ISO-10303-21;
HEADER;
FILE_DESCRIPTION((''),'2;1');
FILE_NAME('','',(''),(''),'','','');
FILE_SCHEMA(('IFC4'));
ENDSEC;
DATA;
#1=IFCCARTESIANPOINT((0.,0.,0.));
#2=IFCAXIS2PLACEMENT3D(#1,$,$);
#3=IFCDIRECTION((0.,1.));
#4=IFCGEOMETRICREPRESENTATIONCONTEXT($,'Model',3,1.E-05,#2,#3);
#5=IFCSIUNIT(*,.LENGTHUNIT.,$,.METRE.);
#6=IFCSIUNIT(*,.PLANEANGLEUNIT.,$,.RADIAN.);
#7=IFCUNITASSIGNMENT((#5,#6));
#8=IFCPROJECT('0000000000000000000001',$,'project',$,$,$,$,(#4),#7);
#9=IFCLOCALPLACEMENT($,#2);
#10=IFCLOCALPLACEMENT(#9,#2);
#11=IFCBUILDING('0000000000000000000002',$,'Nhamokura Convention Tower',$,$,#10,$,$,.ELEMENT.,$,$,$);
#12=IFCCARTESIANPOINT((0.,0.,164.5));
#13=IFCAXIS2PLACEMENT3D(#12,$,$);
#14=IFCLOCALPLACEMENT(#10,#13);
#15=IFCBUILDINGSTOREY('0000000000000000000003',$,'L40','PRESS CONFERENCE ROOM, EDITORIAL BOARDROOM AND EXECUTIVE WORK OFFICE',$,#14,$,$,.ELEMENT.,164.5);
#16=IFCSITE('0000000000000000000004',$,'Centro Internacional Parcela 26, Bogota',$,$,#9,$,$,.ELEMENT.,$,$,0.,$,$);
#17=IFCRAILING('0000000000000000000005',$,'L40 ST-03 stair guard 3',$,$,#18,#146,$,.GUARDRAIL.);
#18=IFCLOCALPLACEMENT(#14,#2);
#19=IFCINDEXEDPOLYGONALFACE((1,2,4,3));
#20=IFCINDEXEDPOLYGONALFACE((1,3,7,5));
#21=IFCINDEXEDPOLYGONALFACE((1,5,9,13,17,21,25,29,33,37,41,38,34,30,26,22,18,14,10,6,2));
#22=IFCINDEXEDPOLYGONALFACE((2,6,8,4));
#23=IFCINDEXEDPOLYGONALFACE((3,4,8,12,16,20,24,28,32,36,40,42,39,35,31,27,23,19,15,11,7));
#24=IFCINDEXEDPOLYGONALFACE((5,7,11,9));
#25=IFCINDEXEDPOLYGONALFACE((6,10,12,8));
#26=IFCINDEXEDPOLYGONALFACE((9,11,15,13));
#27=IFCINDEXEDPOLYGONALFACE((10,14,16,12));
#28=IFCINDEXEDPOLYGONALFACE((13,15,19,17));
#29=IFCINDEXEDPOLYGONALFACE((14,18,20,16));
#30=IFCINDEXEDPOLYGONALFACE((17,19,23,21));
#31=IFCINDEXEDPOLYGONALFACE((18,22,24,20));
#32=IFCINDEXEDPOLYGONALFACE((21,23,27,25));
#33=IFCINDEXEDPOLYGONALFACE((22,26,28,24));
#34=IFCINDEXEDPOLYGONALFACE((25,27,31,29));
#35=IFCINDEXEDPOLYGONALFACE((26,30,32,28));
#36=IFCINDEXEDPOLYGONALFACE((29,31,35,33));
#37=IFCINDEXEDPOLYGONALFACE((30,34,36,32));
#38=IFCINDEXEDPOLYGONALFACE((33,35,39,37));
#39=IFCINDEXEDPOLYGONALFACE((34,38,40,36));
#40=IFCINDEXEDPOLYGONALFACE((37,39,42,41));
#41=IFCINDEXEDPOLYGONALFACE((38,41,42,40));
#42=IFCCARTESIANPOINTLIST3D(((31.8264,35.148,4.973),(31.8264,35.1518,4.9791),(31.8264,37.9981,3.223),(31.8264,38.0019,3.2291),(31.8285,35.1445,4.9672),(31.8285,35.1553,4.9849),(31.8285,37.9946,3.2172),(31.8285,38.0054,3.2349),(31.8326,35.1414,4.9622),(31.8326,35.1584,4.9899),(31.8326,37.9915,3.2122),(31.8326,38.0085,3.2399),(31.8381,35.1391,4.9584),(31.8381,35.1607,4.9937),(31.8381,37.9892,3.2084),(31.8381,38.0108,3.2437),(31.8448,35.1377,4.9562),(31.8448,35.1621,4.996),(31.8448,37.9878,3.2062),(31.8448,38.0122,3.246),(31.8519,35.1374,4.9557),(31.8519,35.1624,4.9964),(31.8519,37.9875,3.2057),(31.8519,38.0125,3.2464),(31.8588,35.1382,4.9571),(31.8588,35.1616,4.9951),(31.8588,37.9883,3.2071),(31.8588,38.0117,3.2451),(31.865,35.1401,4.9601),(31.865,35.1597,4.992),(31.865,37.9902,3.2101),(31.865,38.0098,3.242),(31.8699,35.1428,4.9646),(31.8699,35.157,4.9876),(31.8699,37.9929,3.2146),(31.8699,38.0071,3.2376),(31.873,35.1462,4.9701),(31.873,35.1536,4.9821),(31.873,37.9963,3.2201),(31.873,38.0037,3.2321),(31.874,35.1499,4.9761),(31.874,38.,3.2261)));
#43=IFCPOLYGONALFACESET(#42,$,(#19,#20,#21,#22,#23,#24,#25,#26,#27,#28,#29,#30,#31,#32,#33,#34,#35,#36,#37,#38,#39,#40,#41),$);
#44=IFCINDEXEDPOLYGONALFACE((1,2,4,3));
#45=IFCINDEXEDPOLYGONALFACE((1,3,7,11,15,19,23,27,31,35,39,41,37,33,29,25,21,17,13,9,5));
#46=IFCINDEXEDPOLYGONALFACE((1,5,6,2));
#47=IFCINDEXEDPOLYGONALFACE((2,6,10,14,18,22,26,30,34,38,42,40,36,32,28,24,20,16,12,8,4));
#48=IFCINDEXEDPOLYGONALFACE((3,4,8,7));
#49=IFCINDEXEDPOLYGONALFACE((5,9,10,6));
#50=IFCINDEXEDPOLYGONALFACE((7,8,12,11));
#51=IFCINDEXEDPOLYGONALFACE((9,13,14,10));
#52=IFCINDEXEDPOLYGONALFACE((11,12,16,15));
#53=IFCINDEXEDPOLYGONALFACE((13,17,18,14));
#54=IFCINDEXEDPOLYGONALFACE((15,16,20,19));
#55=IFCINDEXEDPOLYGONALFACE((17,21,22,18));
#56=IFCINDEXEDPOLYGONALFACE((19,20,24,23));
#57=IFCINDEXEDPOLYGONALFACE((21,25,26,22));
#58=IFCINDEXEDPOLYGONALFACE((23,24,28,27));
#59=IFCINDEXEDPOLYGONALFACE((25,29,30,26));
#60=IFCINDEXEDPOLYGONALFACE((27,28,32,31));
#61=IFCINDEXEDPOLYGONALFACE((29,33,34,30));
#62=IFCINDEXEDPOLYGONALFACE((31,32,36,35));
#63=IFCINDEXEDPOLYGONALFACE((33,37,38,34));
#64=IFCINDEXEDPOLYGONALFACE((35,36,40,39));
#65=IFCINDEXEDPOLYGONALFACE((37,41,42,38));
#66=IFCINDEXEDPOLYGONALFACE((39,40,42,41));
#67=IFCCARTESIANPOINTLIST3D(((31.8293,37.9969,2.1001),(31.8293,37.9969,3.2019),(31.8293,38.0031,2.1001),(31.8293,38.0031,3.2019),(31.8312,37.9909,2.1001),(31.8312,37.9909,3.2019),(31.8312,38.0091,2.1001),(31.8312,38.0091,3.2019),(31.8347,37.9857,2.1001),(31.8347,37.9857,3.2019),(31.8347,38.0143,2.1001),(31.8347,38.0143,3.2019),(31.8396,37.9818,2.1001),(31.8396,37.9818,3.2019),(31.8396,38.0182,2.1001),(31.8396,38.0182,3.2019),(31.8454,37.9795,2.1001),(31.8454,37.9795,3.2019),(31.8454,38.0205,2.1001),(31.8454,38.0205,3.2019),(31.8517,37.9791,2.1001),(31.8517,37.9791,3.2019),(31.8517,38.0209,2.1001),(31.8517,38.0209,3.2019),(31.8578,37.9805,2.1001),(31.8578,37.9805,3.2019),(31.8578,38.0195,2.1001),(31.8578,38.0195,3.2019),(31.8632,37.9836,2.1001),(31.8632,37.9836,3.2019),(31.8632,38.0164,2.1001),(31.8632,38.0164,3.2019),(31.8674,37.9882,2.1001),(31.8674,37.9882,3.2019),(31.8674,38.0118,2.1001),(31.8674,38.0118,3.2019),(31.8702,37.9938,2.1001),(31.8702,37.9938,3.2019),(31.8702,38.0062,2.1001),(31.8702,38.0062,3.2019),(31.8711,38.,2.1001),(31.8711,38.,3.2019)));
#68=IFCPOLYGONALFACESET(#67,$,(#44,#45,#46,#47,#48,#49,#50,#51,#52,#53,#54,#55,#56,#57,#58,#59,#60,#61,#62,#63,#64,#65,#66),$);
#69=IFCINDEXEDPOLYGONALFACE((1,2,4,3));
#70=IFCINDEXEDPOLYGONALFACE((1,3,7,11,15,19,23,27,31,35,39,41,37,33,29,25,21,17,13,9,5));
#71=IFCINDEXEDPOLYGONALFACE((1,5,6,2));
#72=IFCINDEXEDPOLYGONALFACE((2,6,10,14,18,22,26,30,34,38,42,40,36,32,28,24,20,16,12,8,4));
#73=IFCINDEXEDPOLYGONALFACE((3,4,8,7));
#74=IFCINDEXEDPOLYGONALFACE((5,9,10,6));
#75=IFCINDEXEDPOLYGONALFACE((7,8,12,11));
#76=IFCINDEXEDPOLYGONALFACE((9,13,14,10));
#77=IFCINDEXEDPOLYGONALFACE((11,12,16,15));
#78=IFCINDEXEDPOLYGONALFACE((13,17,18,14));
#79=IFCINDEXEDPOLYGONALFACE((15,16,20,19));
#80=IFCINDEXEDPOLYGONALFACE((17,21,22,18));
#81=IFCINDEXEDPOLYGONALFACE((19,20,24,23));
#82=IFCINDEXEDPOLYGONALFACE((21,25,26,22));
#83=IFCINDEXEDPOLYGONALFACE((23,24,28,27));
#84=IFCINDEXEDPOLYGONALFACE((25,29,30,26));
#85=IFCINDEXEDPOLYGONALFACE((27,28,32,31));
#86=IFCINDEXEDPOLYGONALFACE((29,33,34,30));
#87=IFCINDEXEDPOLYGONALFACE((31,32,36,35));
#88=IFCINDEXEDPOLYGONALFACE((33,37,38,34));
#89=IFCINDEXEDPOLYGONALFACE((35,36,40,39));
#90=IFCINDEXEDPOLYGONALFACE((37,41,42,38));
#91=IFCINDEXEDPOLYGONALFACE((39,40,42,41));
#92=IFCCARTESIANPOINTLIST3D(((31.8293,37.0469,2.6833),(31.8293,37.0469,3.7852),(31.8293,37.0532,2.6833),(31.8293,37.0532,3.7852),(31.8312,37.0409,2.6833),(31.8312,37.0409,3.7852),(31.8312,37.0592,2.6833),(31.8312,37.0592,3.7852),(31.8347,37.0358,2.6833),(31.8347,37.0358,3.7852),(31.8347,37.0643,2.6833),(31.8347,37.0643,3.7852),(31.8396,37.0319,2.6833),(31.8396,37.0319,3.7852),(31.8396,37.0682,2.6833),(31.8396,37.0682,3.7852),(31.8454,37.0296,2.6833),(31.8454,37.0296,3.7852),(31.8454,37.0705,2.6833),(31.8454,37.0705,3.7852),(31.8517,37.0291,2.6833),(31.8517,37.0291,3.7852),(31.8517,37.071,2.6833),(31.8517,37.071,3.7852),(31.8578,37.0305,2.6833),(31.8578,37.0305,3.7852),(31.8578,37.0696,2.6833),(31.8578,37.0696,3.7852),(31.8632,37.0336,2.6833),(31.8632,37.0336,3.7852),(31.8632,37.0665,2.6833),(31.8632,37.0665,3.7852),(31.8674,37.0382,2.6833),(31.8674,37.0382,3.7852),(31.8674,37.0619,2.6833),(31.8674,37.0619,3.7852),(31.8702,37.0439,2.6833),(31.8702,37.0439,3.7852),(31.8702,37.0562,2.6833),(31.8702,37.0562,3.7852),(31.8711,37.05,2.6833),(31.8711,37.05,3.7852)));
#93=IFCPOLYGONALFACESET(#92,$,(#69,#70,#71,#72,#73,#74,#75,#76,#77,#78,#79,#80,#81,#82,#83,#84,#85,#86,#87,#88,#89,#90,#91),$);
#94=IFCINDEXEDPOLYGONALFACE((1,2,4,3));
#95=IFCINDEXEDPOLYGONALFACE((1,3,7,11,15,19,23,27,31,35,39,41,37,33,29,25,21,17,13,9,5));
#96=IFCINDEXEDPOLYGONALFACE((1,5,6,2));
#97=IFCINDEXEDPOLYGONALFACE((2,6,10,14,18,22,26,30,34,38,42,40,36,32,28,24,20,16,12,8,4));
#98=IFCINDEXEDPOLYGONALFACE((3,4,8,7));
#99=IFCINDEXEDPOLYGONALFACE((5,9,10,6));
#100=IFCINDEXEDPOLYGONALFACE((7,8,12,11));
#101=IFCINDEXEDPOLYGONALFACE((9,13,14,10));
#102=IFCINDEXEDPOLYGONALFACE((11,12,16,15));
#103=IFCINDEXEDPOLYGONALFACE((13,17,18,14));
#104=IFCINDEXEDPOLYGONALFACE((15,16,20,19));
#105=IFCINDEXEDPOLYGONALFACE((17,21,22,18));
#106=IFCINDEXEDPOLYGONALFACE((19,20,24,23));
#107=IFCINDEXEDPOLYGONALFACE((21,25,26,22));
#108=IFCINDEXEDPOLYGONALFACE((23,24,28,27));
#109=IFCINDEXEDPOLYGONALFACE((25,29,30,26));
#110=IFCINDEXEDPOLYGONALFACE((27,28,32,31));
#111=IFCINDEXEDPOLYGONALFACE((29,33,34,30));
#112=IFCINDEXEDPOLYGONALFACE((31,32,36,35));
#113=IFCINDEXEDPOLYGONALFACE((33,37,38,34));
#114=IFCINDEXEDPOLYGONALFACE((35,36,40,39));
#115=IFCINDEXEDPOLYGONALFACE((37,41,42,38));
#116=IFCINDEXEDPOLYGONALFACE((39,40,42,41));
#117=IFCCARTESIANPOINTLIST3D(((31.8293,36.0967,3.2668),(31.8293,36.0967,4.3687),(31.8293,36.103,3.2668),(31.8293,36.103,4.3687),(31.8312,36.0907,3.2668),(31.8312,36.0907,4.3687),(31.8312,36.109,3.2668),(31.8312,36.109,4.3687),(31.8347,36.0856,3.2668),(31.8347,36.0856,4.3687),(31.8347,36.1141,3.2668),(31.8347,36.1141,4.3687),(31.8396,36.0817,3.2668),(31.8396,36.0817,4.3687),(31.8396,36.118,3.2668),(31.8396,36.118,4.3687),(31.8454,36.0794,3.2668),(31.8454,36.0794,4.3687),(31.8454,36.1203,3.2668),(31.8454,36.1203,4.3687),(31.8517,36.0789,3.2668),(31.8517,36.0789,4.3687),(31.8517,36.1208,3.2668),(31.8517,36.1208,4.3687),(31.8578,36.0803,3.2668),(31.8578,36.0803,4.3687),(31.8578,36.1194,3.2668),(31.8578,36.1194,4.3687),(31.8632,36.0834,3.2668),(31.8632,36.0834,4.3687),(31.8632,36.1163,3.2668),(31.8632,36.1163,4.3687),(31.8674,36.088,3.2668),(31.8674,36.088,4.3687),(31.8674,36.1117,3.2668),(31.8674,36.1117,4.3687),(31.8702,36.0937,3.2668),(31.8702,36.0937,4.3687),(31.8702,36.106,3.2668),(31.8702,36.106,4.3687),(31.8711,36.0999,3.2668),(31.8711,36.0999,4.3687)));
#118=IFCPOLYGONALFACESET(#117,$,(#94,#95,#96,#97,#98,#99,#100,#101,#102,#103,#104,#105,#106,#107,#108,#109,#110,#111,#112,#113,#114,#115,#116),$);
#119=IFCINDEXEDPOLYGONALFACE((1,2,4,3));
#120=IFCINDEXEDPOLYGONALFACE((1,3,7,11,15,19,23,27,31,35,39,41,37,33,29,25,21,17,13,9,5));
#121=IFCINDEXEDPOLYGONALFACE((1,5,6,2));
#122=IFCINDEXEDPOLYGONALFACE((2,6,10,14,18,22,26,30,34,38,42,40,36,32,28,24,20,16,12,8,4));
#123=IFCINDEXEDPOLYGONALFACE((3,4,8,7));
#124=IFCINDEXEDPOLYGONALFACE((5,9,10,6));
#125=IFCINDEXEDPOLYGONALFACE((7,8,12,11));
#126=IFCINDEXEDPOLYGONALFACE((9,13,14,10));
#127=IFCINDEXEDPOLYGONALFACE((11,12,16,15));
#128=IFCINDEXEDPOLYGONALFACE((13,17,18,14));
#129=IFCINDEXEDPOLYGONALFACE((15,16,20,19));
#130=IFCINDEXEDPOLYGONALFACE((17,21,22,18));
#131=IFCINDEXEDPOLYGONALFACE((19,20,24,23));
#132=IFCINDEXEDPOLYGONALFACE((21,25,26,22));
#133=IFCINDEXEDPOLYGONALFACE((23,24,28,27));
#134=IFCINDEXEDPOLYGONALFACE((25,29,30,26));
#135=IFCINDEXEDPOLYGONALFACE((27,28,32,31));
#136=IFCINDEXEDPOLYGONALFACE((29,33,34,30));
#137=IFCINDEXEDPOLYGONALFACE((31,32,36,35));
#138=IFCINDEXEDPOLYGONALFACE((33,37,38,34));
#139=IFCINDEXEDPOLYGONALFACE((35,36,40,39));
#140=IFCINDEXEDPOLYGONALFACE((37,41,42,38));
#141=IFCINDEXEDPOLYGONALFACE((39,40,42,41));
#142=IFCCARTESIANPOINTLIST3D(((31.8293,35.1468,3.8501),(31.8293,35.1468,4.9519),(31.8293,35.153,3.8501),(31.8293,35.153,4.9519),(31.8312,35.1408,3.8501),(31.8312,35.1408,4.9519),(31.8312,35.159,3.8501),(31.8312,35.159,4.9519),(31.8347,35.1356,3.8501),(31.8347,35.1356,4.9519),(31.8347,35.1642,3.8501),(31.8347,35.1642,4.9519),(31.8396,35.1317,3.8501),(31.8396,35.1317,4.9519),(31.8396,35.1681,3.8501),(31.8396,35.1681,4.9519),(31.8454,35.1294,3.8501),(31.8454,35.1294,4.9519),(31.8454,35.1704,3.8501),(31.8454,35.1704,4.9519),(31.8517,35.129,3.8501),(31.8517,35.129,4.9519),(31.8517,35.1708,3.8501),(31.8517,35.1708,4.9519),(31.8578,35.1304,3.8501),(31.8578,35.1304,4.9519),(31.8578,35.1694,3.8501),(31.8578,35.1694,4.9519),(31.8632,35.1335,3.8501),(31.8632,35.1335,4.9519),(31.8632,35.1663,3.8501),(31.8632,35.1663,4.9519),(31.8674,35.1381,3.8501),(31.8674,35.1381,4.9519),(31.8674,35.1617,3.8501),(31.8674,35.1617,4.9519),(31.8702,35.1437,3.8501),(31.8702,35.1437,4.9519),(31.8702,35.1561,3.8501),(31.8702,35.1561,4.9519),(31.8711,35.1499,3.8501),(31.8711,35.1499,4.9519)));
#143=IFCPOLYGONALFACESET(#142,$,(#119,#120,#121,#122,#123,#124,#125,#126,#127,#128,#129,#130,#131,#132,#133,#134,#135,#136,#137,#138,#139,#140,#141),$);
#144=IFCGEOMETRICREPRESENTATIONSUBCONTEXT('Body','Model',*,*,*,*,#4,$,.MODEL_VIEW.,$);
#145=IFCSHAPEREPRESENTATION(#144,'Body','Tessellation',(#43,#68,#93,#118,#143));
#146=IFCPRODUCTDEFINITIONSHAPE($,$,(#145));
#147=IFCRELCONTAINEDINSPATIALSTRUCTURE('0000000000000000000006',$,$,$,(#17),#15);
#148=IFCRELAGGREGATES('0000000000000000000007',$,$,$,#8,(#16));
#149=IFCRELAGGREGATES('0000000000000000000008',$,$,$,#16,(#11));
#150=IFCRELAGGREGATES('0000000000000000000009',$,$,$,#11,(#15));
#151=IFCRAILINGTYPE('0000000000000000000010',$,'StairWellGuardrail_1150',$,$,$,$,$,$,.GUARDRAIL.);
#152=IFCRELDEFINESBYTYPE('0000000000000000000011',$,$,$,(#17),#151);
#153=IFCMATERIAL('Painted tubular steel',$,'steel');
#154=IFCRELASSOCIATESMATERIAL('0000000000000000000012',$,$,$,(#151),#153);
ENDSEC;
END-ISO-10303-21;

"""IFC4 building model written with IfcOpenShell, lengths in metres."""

from ifc_helpers import new_model, si_unit, direction, frame, origin, origin_2d, place, context, subcontext, project, spatial, circle, extrude, material, type_object, element, save


model = new_model("IFC4")

# Units and contexts
model_context = context("Model", 3, precision=1e-05, world=origin(), true_north=direction((0.0, 1.0)))
body_context = subcontext(model_context, "Body", "Model", "MODEL_VIEW")
ifc_project = project(units=[si_unit("LENGTHUNIT", "METRE"), si_unit("PLANEANGLEUNIT", "RADIAN")], contexts=[model_context])

# Site, building, storey
site_placement = place(None, origin())
site = spatial("IfcSite", under=ifc_project, at=site_placement, Name="Centro Internacional Parcela 26, Bogota", CompositionType="ELEMENT", RefElevation=0.0)
building_placement = place(site_placement, origin())
building = spatial("IfcBuilding", under=site, at=building_placement, Name="Nhamokura Convention Tower", CompositionType="ELEMENT")
storey_placement = place(building_placement, frame((0.0, 0.0, 164.5)))
storey = spatial("IfcBuildingStorey", under=building, at=storey_placement, Name="L40", Description="PRESS CONFERENCE ROOM, EDITORIAL BOARDROOM AND EXECUTIVE WORK OFFICE", CompositionType="ELEMENT", Elevation=164.5)

# Railing
ifc_material_1 = material(Name="Painted tubular steel", Category="steel")
railing_type = type_object("IfcRailingType", Name="StairWellGuardrail_1150", PredefinedType="GUARDRAIL", material=ifc_material_1)
railing_1_placement = place(storey_placement, frame((31.8501, 38.0, 2.1001)))
element("IfcRailing", 1, at=railing_1_placement, inside=storey, type_object=railing_type, Name="L40 ST-03 stair guard 3", PredefinedType="GUARDRAIL", context=body_context, shape_type="SweptSolid", body=[
    extrude(circle(Radius=0.0239, at=origin_2d()), frame((0.0, 0.0, 1.126), z_axis=(0.0, -0.852179, 0.52325), x_axis=(1.0, 0.0, 0.0)), (0.0, 0.0, 1.0), 3.3445),
    extrude(circle(Radius=0.021, at=origin_2d()), origin(), (0.0, 0.0, 1.0), 1.1018),
    extrude(circle(Radius=0.021, at=origin_2d()), frame((0.0, -0.95, 0.5833)), (0.0, 0.0, 1.0), 1.1018),
    extrude(circle(Radius=0.021, at=origin_2d()), frame((0.0, -1.9001, 1.1667)), (0.0, 0.0, 1.0), 1.1018),
    extrude(circle(Radius=0.021, at=origin_2d()), frame((0.0, -2.8501, 1.75)), (0.0, 0.0, 1.0), 1.1018),
])

save(model, "model.ifc")
